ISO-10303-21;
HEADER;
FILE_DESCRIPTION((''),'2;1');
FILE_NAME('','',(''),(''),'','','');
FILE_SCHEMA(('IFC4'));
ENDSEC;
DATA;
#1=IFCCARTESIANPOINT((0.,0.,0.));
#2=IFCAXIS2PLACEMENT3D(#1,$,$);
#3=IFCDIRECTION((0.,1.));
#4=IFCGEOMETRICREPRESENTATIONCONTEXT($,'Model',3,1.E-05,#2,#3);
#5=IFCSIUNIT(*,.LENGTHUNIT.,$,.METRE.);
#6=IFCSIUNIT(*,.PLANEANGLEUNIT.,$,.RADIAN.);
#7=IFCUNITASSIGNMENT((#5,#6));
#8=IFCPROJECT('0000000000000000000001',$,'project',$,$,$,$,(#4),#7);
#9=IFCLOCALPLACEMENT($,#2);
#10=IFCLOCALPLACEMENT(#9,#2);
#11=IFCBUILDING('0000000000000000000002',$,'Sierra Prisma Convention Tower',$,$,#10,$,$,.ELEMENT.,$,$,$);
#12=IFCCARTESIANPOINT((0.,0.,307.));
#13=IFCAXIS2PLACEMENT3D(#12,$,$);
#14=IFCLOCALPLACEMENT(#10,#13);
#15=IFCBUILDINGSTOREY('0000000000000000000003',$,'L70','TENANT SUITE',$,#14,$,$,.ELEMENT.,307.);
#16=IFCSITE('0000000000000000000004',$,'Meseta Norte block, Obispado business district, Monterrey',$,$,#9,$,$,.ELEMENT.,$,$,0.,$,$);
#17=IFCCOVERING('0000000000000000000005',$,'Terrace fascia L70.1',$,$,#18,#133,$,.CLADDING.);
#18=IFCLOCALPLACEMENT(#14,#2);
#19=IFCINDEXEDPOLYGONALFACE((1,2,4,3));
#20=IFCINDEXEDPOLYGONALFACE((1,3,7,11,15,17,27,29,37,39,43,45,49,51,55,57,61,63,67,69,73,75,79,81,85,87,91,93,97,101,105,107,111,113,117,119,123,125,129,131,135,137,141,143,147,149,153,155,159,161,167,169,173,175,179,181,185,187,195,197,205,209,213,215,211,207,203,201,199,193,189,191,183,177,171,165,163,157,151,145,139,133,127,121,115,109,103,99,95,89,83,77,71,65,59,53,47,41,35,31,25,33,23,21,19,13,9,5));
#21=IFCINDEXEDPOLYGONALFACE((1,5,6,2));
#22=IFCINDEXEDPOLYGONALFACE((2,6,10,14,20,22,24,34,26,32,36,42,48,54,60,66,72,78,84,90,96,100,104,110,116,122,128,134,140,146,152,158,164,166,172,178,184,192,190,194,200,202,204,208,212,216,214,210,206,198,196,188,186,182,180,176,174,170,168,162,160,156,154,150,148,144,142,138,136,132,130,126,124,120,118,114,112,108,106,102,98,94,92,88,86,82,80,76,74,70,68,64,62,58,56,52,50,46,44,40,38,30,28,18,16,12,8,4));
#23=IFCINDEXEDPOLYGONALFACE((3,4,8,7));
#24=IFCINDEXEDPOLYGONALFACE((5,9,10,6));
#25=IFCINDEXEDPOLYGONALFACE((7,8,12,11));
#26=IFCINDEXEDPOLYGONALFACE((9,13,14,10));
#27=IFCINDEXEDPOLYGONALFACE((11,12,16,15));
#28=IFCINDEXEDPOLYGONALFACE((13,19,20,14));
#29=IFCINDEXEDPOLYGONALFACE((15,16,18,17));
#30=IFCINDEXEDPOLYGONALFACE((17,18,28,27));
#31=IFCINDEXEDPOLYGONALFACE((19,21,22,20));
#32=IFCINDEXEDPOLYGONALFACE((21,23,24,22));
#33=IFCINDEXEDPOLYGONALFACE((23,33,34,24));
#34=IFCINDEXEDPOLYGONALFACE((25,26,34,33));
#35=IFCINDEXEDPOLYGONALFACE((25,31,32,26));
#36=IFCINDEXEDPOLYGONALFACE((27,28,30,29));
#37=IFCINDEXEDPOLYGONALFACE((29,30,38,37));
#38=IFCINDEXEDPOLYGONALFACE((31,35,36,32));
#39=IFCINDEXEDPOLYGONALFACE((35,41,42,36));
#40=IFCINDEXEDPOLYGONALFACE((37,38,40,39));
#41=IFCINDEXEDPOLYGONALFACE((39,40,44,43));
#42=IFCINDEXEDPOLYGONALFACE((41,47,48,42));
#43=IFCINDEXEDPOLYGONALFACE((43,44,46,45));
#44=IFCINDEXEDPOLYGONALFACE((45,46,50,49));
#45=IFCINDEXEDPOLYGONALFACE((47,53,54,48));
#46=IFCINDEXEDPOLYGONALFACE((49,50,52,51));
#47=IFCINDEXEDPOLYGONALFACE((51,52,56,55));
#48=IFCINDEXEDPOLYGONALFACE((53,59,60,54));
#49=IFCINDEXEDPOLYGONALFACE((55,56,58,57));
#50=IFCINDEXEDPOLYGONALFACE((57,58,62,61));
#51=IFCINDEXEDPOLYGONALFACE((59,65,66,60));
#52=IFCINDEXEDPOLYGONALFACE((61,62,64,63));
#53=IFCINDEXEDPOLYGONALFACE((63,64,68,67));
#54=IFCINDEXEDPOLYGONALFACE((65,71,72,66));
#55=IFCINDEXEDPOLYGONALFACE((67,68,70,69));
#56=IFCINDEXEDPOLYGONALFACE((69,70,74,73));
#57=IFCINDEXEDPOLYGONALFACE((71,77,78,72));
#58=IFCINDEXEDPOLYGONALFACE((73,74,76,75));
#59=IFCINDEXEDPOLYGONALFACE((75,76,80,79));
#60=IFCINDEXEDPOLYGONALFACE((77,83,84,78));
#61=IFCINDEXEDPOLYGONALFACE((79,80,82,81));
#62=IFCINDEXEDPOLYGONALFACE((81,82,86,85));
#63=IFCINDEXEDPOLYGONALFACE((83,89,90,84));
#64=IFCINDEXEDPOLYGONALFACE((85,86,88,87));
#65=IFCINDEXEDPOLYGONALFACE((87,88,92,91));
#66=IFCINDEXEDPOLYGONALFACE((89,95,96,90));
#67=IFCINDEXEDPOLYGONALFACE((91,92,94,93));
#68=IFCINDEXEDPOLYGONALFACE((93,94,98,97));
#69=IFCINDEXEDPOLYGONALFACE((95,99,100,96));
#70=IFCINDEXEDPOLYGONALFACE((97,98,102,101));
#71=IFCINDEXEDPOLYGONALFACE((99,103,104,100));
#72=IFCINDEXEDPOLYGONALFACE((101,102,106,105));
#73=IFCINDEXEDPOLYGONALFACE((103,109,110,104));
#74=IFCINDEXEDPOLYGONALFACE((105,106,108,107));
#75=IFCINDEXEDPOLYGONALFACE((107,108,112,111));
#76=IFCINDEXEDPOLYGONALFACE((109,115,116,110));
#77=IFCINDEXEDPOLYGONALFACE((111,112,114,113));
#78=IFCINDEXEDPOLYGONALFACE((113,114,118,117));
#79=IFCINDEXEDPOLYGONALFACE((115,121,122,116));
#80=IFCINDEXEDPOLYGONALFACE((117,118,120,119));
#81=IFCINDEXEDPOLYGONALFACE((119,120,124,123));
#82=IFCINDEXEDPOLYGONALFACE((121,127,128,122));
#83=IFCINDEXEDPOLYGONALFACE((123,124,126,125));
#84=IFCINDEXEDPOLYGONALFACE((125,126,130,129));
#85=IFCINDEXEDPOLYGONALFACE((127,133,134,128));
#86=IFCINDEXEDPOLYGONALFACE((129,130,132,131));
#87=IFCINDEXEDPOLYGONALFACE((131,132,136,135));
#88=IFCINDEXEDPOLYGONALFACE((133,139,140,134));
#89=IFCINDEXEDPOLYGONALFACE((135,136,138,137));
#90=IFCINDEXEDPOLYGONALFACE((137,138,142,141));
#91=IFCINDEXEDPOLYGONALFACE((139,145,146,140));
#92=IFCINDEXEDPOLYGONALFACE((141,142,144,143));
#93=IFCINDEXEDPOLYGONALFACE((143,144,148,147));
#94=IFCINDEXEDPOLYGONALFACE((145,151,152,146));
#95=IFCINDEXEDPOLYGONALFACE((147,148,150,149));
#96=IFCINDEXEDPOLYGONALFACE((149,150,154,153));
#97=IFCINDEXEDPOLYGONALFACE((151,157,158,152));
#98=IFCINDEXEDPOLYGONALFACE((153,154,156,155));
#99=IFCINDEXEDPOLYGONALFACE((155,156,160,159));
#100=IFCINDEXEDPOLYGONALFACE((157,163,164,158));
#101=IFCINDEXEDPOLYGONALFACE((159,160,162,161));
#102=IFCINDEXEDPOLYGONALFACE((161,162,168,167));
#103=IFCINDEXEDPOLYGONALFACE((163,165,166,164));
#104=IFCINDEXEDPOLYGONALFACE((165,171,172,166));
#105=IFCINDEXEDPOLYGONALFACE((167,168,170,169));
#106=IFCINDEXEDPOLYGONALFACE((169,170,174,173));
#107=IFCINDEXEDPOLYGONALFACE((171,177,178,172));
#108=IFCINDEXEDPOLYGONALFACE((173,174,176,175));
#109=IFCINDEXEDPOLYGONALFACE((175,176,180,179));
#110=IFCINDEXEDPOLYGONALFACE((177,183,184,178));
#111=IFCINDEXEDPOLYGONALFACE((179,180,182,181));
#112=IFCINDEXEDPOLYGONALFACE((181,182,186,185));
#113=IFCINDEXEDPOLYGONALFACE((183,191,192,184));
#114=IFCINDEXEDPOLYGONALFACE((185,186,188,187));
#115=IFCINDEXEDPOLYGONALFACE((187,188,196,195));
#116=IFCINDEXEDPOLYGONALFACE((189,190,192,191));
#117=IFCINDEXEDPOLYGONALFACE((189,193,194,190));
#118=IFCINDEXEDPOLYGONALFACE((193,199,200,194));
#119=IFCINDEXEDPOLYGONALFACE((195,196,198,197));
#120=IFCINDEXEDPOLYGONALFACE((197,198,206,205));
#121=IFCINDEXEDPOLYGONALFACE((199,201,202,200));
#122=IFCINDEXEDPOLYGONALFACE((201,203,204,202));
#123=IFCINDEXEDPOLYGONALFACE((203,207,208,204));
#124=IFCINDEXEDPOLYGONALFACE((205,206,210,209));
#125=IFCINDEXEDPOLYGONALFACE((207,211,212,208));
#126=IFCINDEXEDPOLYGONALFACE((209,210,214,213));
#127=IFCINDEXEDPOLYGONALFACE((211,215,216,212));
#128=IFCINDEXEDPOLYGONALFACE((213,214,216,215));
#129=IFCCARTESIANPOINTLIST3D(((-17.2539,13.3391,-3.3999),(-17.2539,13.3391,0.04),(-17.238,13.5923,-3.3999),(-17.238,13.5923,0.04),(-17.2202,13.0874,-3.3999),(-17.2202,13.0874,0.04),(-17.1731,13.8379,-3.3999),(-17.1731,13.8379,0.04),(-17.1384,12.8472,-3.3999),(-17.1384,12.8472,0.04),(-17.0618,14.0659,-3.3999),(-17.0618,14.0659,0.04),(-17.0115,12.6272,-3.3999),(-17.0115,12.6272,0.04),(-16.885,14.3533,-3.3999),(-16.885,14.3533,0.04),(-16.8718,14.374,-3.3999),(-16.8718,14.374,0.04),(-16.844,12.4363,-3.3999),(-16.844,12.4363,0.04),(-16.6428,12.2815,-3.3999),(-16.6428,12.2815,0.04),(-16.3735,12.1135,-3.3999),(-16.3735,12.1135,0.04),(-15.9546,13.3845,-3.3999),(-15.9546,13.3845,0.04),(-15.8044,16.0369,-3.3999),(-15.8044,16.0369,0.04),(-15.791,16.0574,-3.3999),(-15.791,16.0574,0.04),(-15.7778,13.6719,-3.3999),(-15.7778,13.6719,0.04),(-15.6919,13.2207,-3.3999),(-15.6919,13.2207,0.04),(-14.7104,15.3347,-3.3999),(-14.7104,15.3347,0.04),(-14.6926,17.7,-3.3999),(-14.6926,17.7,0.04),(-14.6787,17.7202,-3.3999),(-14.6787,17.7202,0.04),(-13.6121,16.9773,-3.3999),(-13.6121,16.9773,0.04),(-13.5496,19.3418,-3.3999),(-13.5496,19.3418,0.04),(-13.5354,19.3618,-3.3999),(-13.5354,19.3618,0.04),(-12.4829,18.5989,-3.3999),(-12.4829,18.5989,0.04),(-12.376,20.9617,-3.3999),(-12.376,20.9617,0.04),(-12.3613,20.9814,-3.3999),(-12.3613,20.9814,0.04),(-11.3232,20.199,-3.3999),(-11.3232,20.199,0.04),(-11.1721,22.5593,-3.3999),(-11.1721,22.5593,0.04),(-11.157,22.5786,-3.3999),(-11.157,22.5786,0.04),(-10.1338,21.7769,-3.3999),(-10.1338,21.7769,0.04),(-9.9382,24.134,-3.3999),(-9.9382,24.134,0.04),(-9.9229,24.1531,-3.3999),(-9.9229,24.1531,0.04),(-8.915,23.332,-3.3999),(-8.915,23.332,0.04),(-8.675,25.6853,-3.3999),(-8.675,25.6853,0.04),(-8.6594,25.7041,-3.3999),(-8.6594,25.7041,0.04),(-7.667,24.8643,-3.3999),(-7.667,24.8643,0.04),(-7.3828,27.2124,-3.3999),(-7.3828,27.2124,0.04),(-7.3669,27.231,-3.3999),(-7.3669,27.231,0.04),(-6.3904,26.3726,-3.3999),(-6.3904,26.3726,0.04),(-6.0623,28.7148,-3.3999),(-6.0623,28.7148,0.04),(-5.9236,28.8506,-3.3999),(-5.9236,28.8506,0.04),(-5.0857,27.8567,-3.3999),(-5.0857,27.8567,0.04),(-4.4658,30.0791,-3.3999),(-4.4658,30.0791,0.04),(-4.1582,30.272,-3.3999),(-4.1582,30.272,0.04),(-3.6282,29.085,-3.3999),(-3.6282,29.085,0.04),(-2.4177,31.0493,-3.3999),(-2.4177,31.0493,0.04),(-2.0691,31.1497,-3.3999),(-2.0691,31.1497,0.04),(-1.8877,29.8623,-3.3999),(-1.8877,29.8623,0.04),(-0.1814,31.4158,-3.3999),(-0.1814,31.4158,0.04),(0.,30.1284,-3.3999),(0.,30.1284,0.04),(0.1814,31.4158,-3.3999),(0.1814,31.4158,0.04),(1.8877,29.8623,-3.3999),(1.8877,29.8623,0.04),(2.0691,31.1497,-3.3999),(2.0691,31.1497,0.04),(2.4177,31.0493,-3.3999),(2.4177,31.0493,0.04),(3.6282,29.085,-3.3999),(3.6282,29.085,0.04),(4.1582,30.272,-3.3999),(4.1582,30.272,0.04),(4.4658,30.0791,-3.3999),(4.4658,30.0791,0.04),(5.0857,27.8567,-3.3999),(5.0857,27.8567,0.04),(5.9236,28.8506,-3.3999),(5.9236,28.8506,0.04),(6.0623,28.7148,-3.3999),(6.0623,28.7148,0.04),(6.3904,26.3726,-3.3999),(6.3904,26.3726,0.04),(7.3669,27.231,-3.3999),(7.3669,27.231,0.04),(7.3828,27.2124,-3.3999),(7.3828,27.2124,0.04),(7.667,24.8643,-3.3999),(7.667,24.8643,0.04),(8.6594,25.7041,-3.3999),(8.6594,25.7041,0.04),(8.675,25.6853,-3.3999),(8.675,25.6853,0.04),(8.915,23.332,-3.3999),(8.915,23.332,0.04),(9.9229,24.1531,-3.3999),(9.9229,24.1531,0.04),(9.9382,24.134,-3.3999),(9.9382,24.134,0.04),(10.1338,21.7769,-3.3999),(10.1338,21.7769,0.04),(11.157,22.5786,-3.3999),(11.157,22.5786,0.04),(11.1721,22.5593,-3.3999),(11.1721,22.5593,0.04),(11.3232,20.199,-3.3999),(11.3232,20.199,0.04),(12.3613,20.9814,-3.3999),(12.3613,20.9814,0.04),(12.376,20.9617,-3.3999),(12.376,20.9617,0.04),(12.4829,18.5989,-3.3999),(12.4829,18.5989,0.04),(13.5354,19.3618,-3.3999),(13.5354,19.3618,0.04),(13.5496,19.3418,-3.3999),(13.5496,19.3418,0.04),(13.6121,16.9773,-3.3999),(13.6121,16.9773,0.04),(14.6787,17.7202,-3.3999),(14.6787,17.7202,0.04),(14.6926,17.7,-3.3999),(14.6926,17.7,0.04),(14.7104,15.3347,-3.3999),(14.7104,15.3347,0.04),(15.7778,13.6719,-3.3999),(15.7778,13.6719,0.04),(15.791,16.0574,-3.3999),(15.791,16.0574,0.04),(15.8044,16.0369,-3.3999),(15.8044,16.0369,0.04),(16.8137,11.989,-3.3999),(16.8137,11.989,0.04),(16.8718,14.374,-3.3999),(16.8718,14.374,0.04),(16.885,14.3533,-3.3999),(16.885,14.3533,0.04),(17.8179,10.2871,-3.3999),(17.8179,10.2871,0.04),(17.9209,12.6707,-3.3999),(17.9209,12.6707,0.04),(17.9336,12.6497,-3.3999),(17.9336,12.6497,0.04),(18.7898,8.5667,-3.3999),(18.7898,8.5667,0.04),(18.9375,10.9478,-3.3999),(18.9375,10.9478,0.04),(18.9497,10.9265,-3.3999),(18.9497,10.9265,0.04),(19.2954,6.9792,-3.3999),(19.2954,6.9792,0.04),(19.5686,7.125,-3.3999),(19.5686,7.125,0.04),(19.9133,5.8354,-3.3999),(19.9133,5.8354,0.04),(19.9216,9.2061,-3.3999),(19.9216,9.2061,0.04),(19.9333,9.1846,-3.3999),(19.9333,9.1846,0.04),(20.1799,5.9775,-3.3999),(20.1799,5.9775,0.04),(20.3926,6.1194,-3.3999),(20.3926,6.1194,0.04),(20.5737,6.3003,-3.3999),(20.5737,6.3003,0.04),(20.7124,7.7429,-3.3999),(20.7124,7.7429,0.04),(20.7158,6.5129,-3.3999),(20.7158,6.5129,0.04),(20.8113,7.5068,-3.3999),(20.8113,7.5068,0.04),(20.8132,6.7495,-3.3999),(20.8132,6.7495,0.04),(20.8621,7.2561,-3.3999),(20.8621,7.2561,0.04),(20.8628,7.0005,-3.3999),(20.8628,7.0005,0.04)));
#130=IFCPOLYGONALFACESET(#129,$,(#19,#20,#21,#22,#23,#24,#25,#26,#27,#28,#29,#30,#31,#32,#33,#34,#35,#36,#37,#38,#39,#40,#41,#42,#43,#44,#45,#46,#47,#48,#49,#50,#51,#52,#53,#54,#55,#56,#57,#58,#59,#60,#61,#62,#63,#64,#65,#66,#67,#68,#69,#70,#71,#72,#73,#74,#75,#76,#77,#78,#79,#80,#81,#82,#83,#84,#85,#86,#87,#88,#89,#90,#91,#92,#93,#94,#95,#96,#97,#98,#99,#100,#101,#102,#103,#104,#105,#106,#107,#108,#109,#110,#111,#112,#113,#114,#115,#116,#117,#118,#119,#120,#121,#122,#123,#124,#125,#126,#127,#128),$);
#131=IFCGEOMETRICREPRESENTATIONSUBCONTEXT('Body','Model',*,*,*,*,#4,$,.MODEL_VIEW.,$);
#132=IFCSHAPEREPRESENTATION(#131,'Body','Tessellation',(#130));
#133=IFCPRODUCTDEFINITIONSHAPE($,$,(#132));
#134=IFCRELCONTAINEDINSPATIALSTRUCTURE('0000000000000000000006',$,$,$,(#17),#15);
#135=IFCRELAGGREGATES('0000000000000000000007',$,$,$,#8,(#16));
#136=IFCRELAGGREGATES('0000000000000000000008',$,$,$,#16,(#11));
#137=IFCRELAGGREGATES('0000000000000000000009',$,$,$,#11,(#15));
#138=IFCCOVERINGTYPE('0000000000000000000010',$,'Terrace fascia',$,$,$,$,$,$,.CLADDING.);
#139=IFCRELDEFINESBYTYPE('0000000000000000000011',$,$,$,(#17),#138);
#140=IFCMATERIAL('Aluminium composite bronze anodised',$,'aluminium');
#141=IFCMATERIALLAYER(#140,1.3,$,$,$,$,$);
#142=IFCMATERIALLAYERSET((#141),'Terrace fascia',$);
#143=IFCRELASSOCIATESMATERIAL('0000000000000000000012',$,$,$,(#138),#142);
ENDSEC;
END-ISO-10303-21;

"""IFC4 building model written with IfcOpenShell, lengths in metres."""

from ifc_helpers import new_model, si_unit, direction, frame, origin, place, context, subcontext, project, spatial, polyline, outline, extrude, material, layer, layer_set, type_object, element, save


model = new_model("IFC4")

# Units and contexts
model_context = context("Model", 3, precision=1e-05, world=origin(), true_north=direction((0.0, 1.0)))
body_context = subcontext(model_context, "Body", "Model", "MODEL_VIEW")
ifc_project = project(units=[si_unit("LENGTHUNIT", "METRE"), si_unit("PLANEANGLEUNIT", "RADIAN")], contexts=[model_context])

# Site, building, storey
site_placement = place(None, origin())
site = spatial("IfcSite", under=ifc_project, at=site_placement, Name="Meseta Norte block, Obispado business district, Monterrey", CompositionType="ELEMENT", RefElevation=0.0)
building_placement = place(site_placement, origin())
building = spatial("IfcBuilding", under=site, at=building_placement, Name="Sierra Prisma Convention Tower", CompositionType="ELEMENT")
storey_placement = place(building_placement, frame((0.0, 0.0, 307.0)))
storey = spatial("IfcBuildingStorey", under=building, at=storey_placement, Name="L70", Description="TENANT SUITE", CompositionType="ELEMENT", Elevation=307.0)

# Covering
ifc_material_1 = material(Name="Aluminium composite bronze anodised", Category="aluminium")
ifc_layer_1 = layer(ifc_material_1, 1.3)
ifc_layer_set_1 = layer_set([ifc_layer_1], Name="Terrace fascia")
covering_type_1 = type_object("IfcCoveringType", Name="Terrace fascia", PredefinedType="CLADDING", material=ifc_layer_set_1)
covering_1_placement = place(storey_placement, frame((0.0, 0.0, -3.3999)))
element("IfcCovering", 1, at=covering_1_placement, inside=storey, type_object=covering_type_1, Name="Terrace fascia L70.1", PredefinedType="CLADDING", context=body_context, shape_type="SweptSolid", body=[
    extrude(outline(polyline([(-16.6428, 12.2815), (-16.844, 12.4363), (-17.0115, 12.6272), (-17.1384, 12.8472), (-17.2202, 13.0874), (-17.2539, 13.3391), (-17.238, 13.5923), (-17.1731, 13.8379), (-17.0618, 14.0659), (-16.885, 14.3533), (-16.8718, 14.374), (-15.8044, 16.0369), (-15.791, 16.0574), (-14.6926, 17.7), (-14.6787, 17.7202), (-13.5496, 19.3418), (-13.5354, 19.3618), (-12.376, 20.9617), (-12.3613, 20.9814), (-11.1721, 22.5593), (-11.157, 22.5786), (-9.9382, 24.134), (-9.9229, 24.1531), (-8.675, 25.6853), (-8.6594, 25.7041), (-7.3828, 27.2124), (-7.3669, 27.231), (-6.0623, 28.7148), (-5.9236, 28.8506), (-4.4658, 30.0791), (-4.1582, 30.272), (-2.4177, 31.0493), (-2.0691, 31.1497), (-0.1814, 31.4158), (0.1814, 31.4158), (2.0691, 31.1497), (2.4177, 31.0493), (4.1582, 30.272), (4.4658, 30.0791), (5.9236, 28.8506), (6.0623, 28.7148), (7.3669, 27.231), (7.3828, 27.2124), (8.6594, 25.7041), (8.675, 25.6853), (9.9229, 24.1531), (9.9382, 24.134), (11.157, 22.5786), (11.1721, 22.5593), (12.3613, 20.9814), (12.376, 20.9617), (13.5354, 19.3618), (13.5496, 19.3418), (14.6787, 17.7202), (14.6926, 17.7), (15.791, 16.0574), (15.8044, 16.0369), (16.8718, 14.374), (16.885, 14.3533), (17.9209, 12.6707), (17.9336, 12.6497), (18.9375, 10.9478), (18.9497, 10.9265), (19.9216, 9.2061), (19.9333, 9.1846), (20.7124, 7.7429), (20.8113, 7.5068), (20.8621, 7.2561), (20.8628, 7.0005), (20.8132, 6.7495), (20.7158, 6.5129), (20.5737, 6.3003), (20.3926, 6.1194), (20.1799, 5.9775), (19.9133, 5.8354), (19.2954, 6.9792), (19.5686, 7.125), (18.7898, 8.5667), (17.8179, 10.2871), (16.8137, 11.989), (15.7778, 13.6719), (14.7104, 15.3347), (13.6121, 16.9773), (12.4829, 18.5989), (11.3232, 20.199), (10.1338, 21.7769), (8.915, 23.332), (7.667, 24.8643), (6.3904, 26.3726), (5.0857, 27.8567), (3.6282, 29.085), (1.8877, 29.8623), (0.0, 30.1284), (-1.8877, 29.8623), (-3.6282, 29.085), (-5.0857, 27.8567), (-6.3904, 26.3726), (-7.667, 24.8643), (-8.915, 23.332), (-10.1338, 21.7769), (-11.3232, 20.199), (-12.4829, 18.5989), (-13.6121, 16.9773), (-14.7104, 15.3347), (-15.7778, 13.6719), (-15.9546, 13.3845), (-15.6919, 13.2207), (-16.3735, 12.1135), (-16.6428, 12.2815)])), origin(), (0.0, 0.0, 1.0), 3.4399),
])

save(model, "model.ifc")
